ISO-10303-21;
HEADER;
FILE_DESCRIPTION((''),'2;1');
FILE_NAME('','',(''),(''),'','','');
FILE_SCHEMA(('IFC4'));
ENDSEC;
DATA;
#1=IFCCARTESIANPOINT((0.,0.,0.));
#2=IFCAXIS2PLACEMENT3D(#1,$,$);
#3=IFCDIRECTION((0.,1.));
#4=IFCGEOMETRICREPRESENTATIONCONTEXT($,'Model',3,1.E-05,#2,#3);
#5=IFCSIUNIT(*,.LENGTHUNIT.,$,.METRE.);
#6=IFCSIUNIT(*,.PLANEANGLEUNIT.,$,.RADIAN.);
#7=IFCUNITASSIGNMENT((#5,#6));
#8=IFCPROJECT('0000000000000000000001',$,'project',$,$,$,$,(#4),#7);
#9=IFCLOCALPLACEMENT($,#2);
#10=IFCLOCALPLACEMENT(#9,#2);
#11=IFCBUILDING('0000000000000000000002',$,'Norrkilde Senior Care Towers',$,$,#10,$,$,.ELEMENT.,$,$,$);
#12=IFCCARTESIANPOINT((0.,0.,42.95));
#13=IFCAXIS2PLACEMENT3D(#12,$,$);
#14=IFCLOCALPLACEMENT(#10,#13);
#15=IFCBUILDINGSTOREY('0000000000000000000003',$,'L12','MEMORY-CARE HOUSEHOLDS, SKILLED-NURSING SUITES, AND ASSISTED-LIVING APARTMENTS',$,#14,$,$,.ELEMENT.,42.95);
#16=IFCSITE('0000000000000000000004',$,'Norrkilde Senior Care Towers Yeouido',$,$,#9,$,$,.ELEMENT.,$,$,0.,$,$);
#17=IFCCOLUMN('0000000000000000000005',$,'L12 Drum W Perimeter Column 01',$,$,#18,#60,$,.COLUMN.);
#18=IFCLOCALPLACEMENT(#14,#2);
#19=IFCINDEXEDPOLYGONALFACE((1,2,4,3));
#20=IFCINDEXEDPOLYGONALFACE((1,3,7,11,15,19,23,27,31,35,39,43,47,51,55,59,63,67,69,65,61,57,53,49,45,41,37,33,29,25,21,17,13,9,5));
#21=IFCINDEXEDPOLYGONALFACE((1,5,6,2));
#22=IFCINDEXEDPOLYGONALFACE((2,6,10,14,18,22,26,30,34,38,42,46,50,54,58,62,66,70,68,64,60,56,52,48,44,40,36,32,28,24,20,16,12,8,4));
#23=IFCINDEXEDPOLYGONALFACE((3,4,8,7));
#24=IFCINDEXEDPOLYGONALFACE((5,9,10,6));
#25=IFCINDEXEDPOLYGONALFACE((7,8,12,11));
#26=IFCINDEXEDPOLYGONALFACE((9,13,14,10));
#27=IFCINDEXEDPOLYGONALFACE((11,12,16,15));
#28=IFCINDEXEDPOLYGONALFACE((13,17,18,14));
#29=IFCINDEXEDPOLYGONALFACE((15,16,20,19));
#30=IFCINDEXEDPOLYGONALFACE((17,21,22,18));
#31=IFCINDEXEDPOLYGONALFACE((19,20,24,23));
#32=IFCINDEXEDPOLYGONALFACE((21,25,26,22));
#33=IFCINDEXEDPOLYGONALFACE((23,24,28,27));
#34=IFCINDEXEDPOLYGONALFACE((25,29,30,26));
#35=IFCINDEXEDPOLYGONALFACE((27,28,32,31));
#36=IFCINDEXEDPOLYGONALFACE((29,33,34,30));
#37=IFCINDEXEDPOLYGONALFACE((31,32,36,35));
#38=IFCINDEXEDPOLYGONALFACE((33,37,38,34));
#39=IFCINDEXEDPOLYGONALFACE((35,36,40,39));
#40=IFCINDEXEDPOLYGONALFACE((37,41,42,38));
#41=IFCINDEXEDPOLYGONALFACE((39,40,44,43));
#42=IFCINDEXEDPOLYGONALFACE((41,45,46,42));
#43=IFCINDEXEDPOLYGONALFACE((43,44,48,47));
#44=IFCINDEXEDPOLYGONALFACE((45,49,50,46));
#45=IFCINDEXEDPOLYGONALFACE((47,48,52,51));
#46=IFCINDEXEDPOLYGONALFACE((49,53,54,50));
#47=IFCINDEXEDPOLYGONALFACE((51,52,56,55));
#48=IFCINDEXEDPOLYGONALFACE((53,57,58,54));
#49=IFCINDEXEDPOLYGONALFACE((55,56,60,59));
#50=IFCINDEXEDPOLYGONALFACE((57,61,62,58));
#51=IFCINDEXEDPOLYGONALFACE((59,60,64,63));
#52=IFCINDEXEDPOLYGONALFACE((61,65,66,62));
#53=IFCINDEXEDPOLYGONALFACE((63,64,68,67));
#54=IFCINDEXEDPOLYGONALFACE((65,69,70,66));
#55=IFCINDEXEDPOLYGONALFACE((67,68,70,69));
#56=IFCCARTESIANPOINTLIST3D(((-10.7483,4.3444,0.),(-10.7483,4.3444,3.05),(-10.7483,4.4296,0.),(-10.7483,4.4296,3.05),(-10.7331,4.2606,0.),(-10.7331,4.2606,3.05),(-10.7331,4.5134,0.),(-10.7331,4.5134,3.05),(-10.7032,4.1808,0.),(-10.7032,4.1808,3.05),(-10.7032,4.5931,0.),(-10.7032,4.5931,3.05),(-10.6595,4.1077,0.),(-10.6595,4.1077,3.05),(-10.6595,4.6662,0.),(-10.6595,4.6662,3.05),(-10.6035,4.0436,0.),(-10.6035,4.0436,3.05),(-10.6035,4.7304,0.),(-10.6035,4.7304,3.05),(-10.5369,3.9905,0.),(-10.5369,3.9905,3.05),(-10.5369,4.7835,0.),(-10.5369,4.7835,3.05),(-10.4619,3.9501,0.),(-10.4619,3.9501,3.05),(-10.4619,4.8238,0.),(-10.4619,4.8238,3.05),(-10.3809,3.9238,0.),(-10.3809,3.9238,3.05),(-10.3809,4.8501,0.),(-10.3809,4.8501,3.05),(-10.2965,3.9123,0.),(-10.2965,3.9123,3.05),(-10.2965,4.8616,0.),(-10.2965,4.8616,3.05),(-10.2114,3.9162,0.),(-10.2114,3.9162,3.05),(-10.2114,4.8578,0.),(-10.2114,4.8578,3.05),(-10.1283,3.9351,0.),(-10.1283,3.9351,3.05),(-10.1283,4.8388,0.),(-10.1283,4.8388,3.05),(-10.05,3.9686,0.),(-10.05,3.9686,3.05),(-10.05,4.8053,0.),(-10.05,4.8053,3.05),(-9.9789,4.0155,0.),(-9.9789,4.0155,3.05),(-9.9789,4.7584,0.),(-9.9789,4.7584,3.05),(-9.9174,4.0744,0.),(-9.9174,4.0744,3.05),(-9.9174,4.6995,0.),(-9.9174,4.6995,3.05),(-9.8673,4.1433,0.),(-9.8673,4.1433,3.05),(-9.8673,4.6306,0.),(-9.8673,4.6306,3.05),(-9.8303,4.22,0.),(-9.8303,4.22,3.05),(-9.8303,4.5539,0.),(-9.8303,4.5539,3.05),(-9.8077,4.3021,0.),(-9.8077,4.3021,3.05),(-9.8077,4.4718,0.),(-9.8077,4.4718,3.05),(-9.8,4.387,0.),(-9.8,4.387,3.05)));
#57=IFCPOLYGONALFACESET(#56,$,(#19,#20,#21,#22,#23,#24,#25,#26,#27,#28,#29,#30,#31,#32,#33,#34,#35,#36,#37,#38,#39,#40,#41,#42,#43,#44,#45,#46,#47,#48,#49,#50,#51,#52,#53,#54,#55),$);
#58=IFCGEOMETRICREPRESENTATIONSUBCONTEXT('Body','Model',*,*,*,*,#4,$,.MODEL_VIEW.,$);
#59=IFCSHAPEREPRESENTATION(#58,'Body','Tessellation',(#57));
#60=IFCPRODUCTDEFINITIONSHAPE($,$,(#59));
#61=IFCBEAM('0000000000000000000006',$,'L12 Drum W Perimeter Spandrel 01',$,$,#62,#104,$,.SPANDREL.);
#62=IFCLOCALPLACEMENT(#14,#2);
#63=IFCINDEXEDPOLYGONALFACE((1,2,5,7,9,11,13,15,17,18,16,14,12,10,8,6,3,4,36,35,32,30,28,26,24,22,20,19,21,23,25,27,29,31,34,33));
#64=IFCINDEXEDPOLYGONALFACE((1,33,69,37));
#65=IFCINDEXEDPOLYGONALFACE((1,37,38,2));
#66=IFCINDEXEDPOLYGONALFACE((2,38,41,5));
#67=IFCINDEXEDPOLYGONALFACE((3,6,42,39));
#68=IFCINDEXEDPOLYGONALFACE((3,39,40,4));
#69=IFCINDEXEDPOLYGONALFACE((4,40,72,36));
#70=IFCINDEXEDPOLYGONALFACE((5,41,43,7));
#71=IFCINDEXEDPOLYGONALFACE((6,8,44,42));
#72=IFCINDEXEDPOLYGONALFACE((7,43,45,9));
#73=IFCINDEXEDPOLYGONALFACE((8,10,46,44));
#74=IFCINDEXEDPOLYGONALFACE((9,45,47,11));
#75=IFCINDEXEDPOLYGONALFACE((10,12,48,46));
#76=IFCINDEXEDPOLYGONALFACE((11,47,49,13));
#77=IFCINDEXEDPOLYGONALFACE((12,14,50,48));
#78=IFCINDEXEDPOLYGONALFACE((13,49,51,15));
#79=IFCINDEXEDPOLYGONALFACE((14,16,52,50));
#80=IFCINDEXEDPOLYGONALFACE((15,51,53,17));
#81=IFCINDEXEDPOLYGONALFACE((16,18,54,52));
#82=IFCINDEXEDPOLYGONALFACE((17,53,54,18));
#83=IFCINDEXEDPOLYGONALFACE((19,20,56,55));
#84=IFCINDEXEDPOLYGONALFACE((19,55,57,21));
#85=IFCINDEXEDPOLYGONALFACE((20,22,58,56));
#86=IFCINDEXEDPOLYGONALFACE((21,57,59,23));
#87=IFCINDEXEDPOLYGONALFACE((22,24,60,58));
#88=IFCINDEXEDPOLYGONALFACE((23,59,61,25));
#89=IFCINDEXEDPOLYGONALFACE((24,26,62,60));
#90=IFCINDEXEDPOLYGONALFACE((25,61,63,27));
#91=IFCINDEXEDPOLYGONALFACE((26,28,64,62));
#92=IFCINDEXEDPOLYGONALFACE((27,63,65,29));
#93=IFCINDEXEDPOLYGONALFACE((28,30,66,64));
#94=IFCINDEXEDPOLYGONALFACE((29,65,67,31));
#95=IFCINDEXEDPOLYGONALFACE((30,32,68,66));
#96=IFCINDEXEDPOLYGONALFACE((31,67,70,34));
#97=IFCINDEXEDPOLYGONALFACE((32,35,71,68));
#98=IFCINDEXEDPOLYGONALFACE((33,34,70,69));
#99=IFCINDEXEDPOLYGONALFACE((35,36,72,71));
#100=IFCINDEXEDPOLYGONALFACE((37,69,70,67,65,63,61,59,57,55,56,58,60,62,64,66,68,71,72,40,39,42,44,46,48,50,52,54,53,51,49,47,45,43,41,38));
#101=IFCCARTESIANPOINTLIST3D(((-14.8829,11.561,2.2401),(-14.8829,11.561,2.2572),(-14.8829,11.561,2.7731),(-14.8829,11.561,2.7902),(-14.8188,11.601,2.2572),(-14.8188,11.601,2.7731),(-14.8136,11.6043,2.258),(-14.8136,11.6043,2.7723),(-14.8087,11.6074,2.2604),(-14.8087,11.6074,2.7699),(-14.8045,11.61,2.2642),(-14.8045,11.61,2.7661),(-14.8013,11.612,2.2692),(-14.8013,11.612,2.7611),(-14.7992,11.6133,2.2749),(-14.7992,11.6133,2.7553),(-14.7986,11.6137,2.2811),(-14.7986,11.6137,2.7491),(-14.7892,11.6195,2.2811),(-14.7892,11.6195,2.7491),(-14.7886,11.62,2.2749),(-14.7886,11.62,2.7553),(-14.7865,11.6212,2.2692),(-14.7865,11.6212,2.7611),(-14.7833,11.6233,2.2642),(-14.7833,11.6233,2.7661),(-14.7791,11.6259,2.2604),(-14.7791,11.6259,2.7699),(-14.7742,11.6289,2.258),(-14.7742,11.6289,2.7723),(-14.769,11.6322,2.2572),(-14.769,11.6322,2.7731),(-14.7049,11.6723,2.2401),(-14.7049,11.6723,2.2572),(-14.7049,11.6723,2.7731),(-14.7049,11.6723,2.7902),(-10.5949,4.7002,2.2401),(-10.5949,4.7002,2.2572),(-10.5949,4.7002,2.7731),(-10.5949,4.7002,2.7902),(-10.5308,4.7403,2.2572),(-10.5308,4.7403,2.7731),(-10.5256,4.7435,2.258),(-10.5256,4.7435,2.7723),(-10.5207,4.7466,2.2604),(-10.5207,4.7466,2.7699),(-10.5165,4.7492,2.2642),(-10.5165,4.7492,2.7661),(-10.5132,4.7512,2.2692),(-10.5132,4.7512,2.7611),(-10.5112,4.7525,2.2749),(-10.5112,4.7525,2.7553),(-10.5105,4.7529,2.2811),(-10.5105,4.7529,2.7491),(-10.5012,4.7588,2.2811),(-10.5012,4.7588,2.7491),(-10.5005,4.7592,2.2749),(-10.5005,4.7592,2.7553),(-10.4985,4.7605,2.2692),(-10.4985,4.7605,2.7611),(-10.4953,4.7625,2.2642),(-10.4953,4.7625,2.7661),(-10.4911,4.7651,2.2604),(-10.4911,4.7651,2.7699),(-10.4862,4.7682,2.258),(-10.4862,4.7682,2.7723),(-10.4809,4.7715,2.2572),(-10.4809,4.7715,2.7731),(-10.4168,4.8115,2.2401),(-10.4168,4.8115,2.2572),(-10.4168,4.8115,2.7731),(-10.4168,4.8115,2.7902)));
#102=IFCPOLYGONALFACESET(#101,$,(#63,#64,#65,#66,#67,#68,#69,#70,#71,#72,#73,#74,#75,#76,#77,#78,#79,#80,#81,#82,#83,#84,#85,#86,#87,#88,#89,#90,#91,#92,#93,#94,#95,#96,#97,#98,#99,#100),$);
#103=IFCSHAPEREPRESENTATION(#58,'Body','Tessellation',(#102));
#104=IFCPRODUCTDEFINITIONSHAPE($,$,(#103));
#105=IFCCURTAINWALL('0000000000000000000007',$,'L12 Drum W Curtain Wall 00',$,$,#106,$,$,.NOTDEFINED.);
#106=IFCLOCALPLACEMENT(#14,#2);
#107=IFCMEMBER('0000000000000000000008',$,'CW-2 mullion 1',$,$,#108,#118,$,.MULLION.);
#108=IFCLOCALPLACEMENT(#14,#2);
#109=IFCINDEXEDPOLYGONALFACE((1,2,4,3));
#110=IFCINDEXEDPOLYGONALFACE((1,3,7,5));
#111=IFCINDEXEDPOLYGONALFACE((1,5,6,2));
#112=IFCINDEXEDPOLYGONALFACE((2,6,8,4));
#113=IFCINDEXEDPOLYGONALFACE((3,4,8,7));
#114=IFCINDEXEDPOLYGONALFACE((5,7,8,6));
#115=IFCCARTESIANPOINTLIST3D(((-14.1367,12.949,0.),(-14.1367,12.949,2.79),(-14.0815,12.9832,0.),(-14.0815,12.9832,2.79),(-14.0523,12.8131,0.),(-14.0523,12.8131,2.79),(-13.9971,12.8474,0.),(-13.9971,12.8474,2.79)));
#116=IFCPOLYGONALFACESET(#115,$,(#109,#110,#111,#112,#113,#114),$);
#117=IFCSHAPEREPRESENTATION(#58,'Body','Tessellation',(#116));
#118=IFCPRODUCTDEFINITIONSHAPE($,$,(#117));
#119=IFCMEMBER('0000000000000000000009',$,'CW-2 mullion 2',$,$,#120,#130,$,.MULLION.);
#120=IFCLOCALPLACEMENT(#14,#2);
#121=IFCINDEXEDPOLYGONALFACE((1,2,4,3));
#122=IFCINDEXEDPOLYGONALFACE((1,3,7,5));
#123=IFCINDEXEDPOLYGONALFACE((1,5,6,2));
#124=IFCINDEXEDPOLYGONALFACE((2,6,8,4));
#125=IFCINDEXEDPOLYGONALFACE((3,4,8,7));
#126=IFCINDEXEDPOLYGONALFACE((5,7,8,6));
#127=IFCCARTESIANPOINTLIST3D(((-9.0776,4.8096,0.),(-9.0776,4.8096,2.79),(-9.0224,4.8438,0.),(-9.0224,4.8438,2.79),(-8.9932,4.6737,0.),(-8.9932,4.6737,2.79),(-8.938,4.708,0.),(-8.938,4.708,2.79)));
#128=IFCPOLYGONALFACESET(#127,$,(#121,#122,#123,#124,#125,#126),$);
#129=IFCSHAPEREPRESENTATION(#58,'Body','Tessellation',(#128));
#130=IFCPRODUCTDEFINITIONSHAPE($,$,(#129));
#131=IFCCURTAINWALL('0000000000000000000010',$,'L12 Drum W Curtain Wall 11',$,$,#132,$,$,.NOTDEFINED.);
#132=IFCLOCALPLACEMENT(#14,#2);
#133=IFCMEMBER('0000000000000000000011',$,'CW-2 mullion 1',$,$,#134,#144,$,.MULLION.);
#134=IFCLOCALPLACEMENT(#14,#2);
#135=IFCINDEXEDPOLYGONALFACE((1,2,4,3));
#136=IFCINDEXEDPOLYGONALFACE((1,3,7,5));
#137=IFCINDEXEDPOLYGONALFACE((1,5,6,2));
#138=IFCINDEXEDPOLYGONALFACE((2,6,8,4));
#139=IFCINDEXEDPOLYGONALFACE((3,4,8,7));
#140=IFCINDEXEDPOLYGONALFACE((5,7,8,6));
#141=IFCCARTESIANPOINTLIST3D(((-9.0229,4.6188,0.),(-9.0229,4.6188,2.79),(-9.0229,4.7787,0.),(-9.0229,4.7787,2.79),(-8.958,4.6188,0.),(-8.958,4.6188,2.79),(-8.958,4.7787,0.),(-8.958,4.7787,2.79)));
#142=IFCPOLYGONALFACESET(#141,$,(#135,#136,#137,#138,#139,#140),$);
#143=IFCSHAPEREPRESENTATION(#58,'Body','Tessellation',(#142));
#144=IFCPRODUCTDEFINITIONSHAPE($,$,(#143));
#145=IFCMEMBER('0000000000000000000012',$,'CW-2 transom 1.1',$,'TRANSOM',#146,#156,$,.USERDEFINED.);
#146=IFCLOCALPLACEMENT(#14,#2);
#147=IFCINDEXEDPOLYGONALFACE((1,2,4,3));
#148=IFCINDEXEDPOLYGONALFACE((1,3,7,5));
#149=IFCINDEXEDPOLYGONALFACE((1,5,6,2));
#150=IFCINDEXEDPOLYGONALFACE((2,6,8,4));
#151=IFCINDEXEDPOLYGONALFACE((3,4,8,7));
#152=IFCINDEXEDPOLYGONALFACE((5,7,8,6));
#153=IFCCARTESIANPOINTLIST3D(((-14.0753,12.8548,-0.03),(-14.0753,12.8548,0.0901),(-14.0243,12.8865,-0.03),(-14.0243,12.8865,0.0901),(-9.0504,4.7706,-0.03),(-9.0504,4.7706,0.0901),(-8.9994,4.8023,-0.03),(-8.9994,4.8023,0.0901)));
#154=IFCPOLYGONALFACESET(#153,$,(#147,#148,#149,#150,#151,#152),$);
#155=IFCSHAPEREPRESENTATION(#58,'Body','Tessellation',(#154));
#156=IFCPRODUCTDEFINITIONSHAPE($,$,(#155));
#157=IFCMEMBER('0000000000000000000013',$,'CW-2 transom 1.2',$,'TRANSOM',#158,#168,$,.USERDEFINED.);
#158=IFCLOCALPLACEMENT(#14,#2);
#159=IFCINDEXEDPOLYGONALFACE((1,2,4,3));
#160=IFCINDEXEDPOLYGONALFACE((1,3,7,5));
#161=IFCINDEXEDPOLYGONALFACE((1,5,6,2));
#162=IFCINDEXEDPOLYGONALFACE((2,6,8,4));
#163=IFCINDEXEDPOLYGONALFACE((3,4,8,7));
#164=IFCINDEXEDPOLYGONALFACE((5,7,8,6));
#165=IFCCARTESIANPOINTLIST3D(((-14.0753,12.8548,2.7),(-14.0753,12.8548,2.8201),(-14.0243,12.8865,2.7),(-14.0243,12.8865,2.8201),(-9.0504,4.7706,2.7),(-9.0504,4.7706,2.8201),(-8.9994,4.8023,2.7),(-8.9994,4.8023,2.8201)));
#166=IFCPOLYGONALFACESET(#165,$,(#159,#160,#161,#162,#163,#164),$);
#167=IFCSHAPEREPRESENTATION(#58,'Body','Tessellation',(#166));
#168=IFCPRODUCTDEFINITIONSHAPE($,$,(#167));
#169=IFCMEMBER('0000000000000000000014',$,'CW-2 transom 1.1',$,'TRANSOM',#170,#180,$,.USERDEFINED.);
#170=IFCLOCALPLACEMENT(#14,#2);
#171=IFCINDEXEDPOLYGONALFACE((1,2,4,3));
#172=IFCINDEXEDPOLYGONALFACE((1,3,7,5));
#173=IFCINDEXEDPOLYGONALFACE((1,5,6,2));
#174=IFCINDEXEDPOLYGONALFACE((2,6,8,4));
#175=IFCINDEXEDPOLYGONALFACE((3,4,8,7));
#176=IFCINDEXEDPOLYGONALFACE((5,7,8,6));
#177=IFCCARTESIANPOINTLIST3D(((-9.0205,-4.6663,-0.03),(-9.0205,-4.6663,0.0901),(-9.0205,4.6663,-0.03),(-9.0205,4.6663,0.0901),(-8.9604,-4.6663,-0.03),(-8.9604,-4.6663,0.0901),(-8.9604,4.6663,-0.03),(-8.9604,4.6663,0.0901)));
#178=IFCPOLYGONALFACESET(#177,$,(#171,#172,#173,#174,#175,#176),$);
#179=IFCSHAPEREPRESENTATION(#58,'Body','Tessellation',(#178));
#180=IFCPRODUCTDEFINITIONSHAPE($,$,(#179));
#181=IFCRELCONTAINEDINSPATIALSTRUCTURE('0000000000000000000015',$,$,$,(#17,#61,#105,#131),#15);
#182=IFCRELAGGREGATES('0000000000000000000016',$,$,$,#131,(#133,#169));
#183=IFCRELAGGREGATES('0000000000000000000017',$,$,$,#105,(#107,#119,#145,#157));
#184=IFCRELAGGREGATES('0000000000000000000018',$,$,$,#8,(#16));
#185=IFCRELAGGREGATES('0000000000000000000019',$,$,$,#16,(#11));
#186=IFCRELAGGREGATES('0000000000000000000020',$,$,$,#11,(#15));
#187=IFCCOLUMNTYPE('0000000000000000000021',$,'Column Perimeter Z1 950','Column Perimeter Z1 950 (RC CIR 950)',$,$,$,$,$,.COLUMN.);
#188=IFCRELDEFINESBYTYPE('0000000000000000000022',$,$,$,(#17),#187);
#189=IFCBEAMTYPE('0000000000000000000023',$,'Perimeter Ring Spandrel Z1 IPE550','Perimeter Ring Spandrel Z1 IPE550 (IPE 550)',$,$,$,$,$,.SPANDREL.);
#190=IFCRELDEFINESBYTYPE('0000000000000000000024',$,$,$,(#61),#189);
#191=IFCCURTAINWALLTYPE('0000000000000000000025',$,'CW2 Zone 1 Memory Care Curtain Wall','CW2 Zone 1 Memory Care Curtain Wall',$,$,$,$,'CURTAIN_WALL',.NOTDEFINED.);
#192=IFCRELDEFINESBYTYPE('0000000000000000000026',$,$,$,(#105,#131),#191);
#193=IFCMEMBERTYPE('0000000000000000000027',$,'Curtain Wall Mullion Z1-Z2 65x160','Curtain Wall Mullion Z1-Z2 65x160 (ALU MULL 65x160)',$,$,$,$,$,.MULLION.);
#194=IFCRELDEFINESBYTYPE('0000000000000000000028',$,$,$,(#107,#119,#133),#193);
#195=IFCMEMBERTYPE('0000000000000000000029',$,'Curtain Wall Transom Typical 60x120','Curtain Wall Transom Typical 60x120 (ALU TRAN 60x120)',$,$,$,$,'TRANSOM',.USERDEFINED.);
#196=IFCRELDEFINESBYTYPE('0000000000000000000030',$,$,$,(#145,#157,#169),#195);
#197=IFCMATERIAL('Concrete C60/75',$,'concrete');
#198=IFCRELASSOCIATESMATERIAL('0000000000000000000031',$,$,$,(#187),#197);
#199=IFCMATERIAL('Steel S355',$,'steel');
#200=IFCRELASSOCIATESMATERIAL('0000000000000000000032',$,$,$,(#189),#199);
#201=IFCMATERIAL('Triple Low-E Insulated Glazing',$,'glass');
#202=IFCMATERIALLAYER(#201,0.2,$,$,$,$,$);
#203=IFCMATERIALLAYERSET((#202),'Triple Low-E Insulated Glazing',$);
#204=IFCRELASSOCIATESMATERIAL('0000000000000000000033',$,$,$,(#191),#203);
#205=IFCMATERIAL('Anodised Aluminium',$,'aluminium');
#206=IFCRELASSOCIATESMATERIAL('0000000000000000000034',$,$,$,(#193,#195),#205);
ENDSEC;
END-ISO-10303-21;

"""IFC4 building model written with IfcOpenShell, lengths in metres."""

from ifc_helpers import new_model, si_unit, direction, frame, origin, origin_2d, place, context, subcontext, project, spatial, rectangle, circle, i_section, extrude, source, transform, mapped, material, layer, layer_set, material_profile, profile_set, type_object, type_shapes, element, aggregate, save


model = new_model("IFC4")

# Units and contexts
model_context = context("Model", 3, precision=1e-05, world=origin(), true_north=direction((0.0, 1.0)))
body_context = subcontext(model_context, "Body", "Model", "MODEL_VIEW")
ifc_project = project(units=[si_unit("LENGTHUNIT", "METRE"), si_unit("PLANEANGLEUNIT", "RADIAN")], contexts=[model_context])

# Site, building, storey
site_placement = place(None, origin())
site = spatial("IfcSite", under=ifc_project, at=site_placement, Name="Norrkilde Senior Care Towers Yeouido", CompositionType="ELEMENT", RefElevation=0.0)
building_placement = place(site_placement, origin())
building = spatial("IfcBuilding", under=site, at=building_placement, Name="Norrkilde Senior Care Towers", CompositionType="ELEMENT")
storey_placement = place(building_placement, frame((0.0, 0.0, 42.95)))
storey = spatial("IfcBuildingStorey", under=building, at=storey_placement, Name="L12", Description="MEMORY-CARE HOUSEHOLDS, SKILLED-NURSING SUITES, AND ASSISTED-LIVING APARTMENTS", CompositionType="ELEMENT", Elevation=42.95)

# Column
ifc_material_1 = material(Name="Concrete C60/75", Category="concrete")
ifc_material_profile_1 = material_profile(ifc_material_1, circle(Radius=0.4751, at=origin_2d()), Name="RC CIR 950")
ifc_profile_set_1 = profile_set([ifc_material_profile_1], Name="Concrete C60/75")
column_type = type_object("IfcColumnType", Name="Column Perimeter Z1 950", Description="Column Perimeter Z1 950 (RC CIR 950)", PredefinedType="COLUMN", material=ifc_profile_set_1)
shared_shape_1 = source(origin(), body_context, "Body", "SweptSolid", [
    extrude(circle(Radius=0.4751, at=origin_2d()), origin(), (0.0, 0.0, 1.0), 3.05),
])
type_shapes(column_type, [shared_shape_1])
column_placement = place(storey_placement, frame((-10.2751, 4.387, 0.0), z_axis=(0.0, 0.0, 1.0), x_axis=(1.0, 0.0, 0.0)))
element("IfcColumn", 1, at=column_placement, inside=storey, type_object=column_type, Name="L12 Drum W Perimeter Column 01", PredefinedType="COLUMN", context=body_context, shape_type="MappedRepresentation", body=[
    mapped(shared_shape_1, transform((0.0, 0.0, 0.0), x_axis=(1.0, 0.0, 0.0), y_axis=(0.0, 1.0, 0.0), z_axis=(0.0, 0.0, 1.0), scale=1.0)),
])

# Beam
ifc_material_2 = material(Name="Steel S355", Category="steel")
ifc_material_profile_2 = material_profile(ifc_material_2, i_section(OverallWidth=0.21, OverallDepth=0.55, WebThickness=0.011, FlangeThickness=0.0171, FilletRadius=0.0239, at=origin_2d()), Name="IPE 550")
ifc_profile_set_2 = profile_set([ifc_material_profile_2], Name="Steel S355")
beam_type = type_object("IfcBeamType", Name="Perimeter Ring Spandrel Z1 IPE550", Description="Perimeter Ring Spandrel Z1 IPE550 (IPE 550)", PredefinedType="SPANDREL", material=ifc_profile_set_2)
shared_shape_2 = source(origin(), body_context, "Body", "SweptSolid", [
    extrude(i_section(OverallWidth=0.21, OverallDepth=0.55, WebThickness=0.011, FlangeThickness=0.0171, FilletRadius=0.0239, at=origin_2d()), origin(), (0.0, 0.0, 1.0), 8.0906),
])
type_shapes(beam_type, [shared_shape_2])
beam_placement = place(storey_placement, frame((-10.5059, 4.7559, 2.5151), z_axis=(-0.530004, 0.847995, 0.0), x_axis=(-0.847995, -0.530004, 0.0)))
element("IfcBeam", 2, at=beam_placement, inside=storey, type_object=beam_type, Name="L12 Drum W Perimeter Spandrel 01", PredefinedType="SPANDREL", context=body_context, shape_type="MappedRepresentation", body=[
    mapped(shared_shape_2, transform((0.0, 0.0, 0.0), x_axis=(1.0, 0.0, 0.0), y_axis=(0.0, 1.0, 0.0), z_axis=(0.0, 0.0, 1.0), scale=1.0)),
])

# Curtain wall, members
ifc_material_3 = material(Name="Triple Low-E Insulated Glazing", Category="glass")
ifc_layer_1 = layer(ifc_material_3, 0.2)
ifc_layer_set_1 = layer_set([ifc_layer_1], Name="Triple Low-E Insulated Glazing")
curtain_wall_type = type_object("IfcCurtainWallType", Name="CW2 Zone 1 Memory Care Curtain Wall", Description="CW2 Zone 1 Memory Care Curtain Wall", ElementType="CURTAIN_WALL", PredefinedType="NOTDEFINED", material=ifc_layer_set_1)
curtain_wall_1_placement = place(storey_placement, origin())
curtain_wall_1 = element("IfcCurtainWall", 3, at=curtain_wall_1_placement, inside=storey, type_object=curtain_wall_type, Name="L12 Drum W Curtain Wall 00", PredefinedType="NOTDEFINED")
ifc_material_4 = material(Name="Anodised Aluminium", Category="aluminium")
ifc_material_profile_3 = material_profile(ifc_material_4, rectangle(XDim=0.0649, YDim=0.1599, at=origin_2d()), Name="ALU MULL 65x160")
ifc_profile_set_3 = profile_set([ifc_material_profile_3], Name="Anodised Aluminium")
member_type_1 = type_object("IfcMemberType", Name="Curtain Wall Mullion Z1-Z2 65x160", Description="Curtain Wall Mullion Z1-Z2 65x160 (ALU MULL 65x160)", PredefinedType="MULLION", material=ifc_profile_set_3)
shared_shape_3 = source(origin(), body_context, "Body", "SweptSolid", [
    extrude(rectangle(XDim=0.0649, YDim=0.1599, at=origin_2d()), origin(), (0.0, 0.0, 1.0), 2.79),
])
type_shapes(member_type_1, [shared_shape_3])
member_1_placement = place(storey_placement, frame((-14.0669, 12.8982, 0.0), z_axis=(0.0, 0.0, 1.0), x_axis=(0.849306, 0.527901, 0.0)))
member_1 = element("IfcMember", 4, at=member_1_placement, type_object=member_type_1, Name="CW-2 mullion 1", PredefinedType="MULLION", context=body_context, shape_type="MappedRepresentation", body=[
    mapped(shared_shape_3, transform((0.0, 0.0, 0.0), x_axis=(1.0, 0.0, 0.0), y_axis=(0.0, 1.0, 0.0), z_axis=(0.0, 0.0, 1.0), scale=1.0)),
])
member_2_placement = place(storey_placement, frame((-9.0078, 4.7588, 0.0), z_axis=(0.0, 0.0, 1.0), x_axis=(0.849306, 0.527901, 0.0)))
member_2 = element("IfcMember", 5, at=member_2_placement, type_object=member_type_1, Name="CW-2 mullion 2", PredefinedType="MULLION", context=body_context, shape_type="MappedRepresentation", body=[
    mapped(shared_shape_3, transform((0.0, 0.0, 0.0), x_axis=(1.0, 0.0, 0.0), y_axis=(0.0, 1.0, 0.0), z_axis=(0.0, 0.0, 1.0), scale=1.0)),
])

# Curtain wall, member
curtain_wall_2_placement = place(storey_placement, origin())
curtain_wall_2 = element("IfcCurtainWall", 6, at=curtain_wall_2_placement, inside=storey, type_object=curtain_wall_type, Name="L12 Drum W Curtain Wall 11", PredefinedType="NOTDEFINED")
member_3_placement = place(storey_placement, frame((-8.9905, 4.6987, 0.0), z_axis=(0.0, 0.0, 1.0), x_axis=(1.0, 0.0, 0.0)))
member_3 = element("IfcMember", 7, at=member_3_placement, type_object=member_type_1, Name="CW-2 mullion 1", PredefinedType="MULLION", context=body_context, shape_type="MappedRepresentation", body=[
    mapped(shared_shape_3, transform((0.0, 0.0, 0.0), x_axis=(1.0, 0.0, 0.0), y_axis=(0.0, 1.0, 0.0), z_axis=(0.0, 0.0, 1.0), scale=1.0)),
])

# Members
ifc_material_profile_4 = material_profile(ifc_material_4, rectangle(XDim=0.0601, YDim=0.1201, at=origin_2d()), Name="ALU TRAN 60x120")
ifc_profile_set_4 = profile_set([ifc_material_profile_4], Name="Anodised Aluminium")
member_type_2 = type_object("IfcMemberType", Name="Curtain Wall Transom Typical 60x120", Description="Curtain Wall Transom Typical 60x120 (ALU TRAN 60x120)", ElementType="TRANSOM", PredefinedType="USERDEFINED", material=ifc_profile_set_4)
shared_shape_4 = source(origin(), body_context, "Body", "SweptSolid", [
    extrude(rectangle(XDim=0.0601, YDim=0.1201, at=origin_2d()), origin(), (0.0, 0.0, 1.0), 9.5186),
])
member_4_placement = place(storey_placement, frame((-14.0498, 12.8706, 0.03), z_axis=(0.527902, -0.849306, 0.0), x_axis=(0.849306, 0.527902, 0.0)))
member_4 = element("IfcMember", 8, at=member_4_placement, type_object=member_type_2, Name="CW-2 transom 1.1", ObjectType="TRANSOM", PredefinedType="USERDEFINED", context=body_context, shape_type="MappedRepresentation", body=[
    mapped(shared_shape_4, transform((0.0, 0.0, 0.0), x_axis=(1.0, 0.0, 0.0), y_axis=(0.0, 1.0, 0.0), z_axis=(0.0, 0.0, 1.0), scale=1.0)),
])
member_5_placement = place(storey_placement, frame((-14.0498, 12.8706, 2.76), z_axis=(0.527902, -0.849306, 0.0), x_axis=(0.849306, 0.527902, 0.0)))
member_5 = element("IfcMember", 9, at=member_5_placement, type_object=member_type_2, Name="CW-2 transom 1.2", ObjectType="TRANSOM", PredefinedType="USERDEFINED", context=body_context, shape_type="MappedRepresentation", body=[
    mapped(shared_shape_4, transform((0.0, 0.0, 0.0), x_axis=(1.0, 0.0, 0.0), y_axis=(0.0, 1.0, 0.0), z_axis=(0.0, 0.0, 1.0), scale=1.0)),
])
shared_shape_5 = source(origin(), body_context, "Body", "SweptSolid", [
    extrude(rectangle(XDim=0.0601, YDim=0.1201, at=origin_2d()), origin(), (0.0, 0.0, 1.0), 9.3325),
])
type_shapes(member_type_2, [shared_shape_4, shared_shape_5])
member_6_placement = place(storey_placement, frame((-8.9905, 4.6663, 0.03), z_axis=(0.0, -1.0, 0.0), x_axis=(1.0, 0.0, 0.0)))
member_6 = element("IfcMember", 10, at=member_6_placement, type_object=member_type_2, Name="CW-2 transom 1.1", ObjectType="TRANSOM", PredefinedType="USERDEFINED", context=body_context, shape_type="MappedRepresentation", body=[
    mapped(shared_shape_5, transform((0.0, 0.0, 0.0), x_axis=(1.0, 0.0, 0.0), y_axis=(0.0, 1.0, 0.0), z_axis=(0.0, 0.0, 1.0), scale=1.0)),
])
aggregate(curtain_wall_2, [member_3, member_6])

aggregate(curtain_wall_1, [member_1, member_2, member_4, member_5])

save(model, "model.ifc")
